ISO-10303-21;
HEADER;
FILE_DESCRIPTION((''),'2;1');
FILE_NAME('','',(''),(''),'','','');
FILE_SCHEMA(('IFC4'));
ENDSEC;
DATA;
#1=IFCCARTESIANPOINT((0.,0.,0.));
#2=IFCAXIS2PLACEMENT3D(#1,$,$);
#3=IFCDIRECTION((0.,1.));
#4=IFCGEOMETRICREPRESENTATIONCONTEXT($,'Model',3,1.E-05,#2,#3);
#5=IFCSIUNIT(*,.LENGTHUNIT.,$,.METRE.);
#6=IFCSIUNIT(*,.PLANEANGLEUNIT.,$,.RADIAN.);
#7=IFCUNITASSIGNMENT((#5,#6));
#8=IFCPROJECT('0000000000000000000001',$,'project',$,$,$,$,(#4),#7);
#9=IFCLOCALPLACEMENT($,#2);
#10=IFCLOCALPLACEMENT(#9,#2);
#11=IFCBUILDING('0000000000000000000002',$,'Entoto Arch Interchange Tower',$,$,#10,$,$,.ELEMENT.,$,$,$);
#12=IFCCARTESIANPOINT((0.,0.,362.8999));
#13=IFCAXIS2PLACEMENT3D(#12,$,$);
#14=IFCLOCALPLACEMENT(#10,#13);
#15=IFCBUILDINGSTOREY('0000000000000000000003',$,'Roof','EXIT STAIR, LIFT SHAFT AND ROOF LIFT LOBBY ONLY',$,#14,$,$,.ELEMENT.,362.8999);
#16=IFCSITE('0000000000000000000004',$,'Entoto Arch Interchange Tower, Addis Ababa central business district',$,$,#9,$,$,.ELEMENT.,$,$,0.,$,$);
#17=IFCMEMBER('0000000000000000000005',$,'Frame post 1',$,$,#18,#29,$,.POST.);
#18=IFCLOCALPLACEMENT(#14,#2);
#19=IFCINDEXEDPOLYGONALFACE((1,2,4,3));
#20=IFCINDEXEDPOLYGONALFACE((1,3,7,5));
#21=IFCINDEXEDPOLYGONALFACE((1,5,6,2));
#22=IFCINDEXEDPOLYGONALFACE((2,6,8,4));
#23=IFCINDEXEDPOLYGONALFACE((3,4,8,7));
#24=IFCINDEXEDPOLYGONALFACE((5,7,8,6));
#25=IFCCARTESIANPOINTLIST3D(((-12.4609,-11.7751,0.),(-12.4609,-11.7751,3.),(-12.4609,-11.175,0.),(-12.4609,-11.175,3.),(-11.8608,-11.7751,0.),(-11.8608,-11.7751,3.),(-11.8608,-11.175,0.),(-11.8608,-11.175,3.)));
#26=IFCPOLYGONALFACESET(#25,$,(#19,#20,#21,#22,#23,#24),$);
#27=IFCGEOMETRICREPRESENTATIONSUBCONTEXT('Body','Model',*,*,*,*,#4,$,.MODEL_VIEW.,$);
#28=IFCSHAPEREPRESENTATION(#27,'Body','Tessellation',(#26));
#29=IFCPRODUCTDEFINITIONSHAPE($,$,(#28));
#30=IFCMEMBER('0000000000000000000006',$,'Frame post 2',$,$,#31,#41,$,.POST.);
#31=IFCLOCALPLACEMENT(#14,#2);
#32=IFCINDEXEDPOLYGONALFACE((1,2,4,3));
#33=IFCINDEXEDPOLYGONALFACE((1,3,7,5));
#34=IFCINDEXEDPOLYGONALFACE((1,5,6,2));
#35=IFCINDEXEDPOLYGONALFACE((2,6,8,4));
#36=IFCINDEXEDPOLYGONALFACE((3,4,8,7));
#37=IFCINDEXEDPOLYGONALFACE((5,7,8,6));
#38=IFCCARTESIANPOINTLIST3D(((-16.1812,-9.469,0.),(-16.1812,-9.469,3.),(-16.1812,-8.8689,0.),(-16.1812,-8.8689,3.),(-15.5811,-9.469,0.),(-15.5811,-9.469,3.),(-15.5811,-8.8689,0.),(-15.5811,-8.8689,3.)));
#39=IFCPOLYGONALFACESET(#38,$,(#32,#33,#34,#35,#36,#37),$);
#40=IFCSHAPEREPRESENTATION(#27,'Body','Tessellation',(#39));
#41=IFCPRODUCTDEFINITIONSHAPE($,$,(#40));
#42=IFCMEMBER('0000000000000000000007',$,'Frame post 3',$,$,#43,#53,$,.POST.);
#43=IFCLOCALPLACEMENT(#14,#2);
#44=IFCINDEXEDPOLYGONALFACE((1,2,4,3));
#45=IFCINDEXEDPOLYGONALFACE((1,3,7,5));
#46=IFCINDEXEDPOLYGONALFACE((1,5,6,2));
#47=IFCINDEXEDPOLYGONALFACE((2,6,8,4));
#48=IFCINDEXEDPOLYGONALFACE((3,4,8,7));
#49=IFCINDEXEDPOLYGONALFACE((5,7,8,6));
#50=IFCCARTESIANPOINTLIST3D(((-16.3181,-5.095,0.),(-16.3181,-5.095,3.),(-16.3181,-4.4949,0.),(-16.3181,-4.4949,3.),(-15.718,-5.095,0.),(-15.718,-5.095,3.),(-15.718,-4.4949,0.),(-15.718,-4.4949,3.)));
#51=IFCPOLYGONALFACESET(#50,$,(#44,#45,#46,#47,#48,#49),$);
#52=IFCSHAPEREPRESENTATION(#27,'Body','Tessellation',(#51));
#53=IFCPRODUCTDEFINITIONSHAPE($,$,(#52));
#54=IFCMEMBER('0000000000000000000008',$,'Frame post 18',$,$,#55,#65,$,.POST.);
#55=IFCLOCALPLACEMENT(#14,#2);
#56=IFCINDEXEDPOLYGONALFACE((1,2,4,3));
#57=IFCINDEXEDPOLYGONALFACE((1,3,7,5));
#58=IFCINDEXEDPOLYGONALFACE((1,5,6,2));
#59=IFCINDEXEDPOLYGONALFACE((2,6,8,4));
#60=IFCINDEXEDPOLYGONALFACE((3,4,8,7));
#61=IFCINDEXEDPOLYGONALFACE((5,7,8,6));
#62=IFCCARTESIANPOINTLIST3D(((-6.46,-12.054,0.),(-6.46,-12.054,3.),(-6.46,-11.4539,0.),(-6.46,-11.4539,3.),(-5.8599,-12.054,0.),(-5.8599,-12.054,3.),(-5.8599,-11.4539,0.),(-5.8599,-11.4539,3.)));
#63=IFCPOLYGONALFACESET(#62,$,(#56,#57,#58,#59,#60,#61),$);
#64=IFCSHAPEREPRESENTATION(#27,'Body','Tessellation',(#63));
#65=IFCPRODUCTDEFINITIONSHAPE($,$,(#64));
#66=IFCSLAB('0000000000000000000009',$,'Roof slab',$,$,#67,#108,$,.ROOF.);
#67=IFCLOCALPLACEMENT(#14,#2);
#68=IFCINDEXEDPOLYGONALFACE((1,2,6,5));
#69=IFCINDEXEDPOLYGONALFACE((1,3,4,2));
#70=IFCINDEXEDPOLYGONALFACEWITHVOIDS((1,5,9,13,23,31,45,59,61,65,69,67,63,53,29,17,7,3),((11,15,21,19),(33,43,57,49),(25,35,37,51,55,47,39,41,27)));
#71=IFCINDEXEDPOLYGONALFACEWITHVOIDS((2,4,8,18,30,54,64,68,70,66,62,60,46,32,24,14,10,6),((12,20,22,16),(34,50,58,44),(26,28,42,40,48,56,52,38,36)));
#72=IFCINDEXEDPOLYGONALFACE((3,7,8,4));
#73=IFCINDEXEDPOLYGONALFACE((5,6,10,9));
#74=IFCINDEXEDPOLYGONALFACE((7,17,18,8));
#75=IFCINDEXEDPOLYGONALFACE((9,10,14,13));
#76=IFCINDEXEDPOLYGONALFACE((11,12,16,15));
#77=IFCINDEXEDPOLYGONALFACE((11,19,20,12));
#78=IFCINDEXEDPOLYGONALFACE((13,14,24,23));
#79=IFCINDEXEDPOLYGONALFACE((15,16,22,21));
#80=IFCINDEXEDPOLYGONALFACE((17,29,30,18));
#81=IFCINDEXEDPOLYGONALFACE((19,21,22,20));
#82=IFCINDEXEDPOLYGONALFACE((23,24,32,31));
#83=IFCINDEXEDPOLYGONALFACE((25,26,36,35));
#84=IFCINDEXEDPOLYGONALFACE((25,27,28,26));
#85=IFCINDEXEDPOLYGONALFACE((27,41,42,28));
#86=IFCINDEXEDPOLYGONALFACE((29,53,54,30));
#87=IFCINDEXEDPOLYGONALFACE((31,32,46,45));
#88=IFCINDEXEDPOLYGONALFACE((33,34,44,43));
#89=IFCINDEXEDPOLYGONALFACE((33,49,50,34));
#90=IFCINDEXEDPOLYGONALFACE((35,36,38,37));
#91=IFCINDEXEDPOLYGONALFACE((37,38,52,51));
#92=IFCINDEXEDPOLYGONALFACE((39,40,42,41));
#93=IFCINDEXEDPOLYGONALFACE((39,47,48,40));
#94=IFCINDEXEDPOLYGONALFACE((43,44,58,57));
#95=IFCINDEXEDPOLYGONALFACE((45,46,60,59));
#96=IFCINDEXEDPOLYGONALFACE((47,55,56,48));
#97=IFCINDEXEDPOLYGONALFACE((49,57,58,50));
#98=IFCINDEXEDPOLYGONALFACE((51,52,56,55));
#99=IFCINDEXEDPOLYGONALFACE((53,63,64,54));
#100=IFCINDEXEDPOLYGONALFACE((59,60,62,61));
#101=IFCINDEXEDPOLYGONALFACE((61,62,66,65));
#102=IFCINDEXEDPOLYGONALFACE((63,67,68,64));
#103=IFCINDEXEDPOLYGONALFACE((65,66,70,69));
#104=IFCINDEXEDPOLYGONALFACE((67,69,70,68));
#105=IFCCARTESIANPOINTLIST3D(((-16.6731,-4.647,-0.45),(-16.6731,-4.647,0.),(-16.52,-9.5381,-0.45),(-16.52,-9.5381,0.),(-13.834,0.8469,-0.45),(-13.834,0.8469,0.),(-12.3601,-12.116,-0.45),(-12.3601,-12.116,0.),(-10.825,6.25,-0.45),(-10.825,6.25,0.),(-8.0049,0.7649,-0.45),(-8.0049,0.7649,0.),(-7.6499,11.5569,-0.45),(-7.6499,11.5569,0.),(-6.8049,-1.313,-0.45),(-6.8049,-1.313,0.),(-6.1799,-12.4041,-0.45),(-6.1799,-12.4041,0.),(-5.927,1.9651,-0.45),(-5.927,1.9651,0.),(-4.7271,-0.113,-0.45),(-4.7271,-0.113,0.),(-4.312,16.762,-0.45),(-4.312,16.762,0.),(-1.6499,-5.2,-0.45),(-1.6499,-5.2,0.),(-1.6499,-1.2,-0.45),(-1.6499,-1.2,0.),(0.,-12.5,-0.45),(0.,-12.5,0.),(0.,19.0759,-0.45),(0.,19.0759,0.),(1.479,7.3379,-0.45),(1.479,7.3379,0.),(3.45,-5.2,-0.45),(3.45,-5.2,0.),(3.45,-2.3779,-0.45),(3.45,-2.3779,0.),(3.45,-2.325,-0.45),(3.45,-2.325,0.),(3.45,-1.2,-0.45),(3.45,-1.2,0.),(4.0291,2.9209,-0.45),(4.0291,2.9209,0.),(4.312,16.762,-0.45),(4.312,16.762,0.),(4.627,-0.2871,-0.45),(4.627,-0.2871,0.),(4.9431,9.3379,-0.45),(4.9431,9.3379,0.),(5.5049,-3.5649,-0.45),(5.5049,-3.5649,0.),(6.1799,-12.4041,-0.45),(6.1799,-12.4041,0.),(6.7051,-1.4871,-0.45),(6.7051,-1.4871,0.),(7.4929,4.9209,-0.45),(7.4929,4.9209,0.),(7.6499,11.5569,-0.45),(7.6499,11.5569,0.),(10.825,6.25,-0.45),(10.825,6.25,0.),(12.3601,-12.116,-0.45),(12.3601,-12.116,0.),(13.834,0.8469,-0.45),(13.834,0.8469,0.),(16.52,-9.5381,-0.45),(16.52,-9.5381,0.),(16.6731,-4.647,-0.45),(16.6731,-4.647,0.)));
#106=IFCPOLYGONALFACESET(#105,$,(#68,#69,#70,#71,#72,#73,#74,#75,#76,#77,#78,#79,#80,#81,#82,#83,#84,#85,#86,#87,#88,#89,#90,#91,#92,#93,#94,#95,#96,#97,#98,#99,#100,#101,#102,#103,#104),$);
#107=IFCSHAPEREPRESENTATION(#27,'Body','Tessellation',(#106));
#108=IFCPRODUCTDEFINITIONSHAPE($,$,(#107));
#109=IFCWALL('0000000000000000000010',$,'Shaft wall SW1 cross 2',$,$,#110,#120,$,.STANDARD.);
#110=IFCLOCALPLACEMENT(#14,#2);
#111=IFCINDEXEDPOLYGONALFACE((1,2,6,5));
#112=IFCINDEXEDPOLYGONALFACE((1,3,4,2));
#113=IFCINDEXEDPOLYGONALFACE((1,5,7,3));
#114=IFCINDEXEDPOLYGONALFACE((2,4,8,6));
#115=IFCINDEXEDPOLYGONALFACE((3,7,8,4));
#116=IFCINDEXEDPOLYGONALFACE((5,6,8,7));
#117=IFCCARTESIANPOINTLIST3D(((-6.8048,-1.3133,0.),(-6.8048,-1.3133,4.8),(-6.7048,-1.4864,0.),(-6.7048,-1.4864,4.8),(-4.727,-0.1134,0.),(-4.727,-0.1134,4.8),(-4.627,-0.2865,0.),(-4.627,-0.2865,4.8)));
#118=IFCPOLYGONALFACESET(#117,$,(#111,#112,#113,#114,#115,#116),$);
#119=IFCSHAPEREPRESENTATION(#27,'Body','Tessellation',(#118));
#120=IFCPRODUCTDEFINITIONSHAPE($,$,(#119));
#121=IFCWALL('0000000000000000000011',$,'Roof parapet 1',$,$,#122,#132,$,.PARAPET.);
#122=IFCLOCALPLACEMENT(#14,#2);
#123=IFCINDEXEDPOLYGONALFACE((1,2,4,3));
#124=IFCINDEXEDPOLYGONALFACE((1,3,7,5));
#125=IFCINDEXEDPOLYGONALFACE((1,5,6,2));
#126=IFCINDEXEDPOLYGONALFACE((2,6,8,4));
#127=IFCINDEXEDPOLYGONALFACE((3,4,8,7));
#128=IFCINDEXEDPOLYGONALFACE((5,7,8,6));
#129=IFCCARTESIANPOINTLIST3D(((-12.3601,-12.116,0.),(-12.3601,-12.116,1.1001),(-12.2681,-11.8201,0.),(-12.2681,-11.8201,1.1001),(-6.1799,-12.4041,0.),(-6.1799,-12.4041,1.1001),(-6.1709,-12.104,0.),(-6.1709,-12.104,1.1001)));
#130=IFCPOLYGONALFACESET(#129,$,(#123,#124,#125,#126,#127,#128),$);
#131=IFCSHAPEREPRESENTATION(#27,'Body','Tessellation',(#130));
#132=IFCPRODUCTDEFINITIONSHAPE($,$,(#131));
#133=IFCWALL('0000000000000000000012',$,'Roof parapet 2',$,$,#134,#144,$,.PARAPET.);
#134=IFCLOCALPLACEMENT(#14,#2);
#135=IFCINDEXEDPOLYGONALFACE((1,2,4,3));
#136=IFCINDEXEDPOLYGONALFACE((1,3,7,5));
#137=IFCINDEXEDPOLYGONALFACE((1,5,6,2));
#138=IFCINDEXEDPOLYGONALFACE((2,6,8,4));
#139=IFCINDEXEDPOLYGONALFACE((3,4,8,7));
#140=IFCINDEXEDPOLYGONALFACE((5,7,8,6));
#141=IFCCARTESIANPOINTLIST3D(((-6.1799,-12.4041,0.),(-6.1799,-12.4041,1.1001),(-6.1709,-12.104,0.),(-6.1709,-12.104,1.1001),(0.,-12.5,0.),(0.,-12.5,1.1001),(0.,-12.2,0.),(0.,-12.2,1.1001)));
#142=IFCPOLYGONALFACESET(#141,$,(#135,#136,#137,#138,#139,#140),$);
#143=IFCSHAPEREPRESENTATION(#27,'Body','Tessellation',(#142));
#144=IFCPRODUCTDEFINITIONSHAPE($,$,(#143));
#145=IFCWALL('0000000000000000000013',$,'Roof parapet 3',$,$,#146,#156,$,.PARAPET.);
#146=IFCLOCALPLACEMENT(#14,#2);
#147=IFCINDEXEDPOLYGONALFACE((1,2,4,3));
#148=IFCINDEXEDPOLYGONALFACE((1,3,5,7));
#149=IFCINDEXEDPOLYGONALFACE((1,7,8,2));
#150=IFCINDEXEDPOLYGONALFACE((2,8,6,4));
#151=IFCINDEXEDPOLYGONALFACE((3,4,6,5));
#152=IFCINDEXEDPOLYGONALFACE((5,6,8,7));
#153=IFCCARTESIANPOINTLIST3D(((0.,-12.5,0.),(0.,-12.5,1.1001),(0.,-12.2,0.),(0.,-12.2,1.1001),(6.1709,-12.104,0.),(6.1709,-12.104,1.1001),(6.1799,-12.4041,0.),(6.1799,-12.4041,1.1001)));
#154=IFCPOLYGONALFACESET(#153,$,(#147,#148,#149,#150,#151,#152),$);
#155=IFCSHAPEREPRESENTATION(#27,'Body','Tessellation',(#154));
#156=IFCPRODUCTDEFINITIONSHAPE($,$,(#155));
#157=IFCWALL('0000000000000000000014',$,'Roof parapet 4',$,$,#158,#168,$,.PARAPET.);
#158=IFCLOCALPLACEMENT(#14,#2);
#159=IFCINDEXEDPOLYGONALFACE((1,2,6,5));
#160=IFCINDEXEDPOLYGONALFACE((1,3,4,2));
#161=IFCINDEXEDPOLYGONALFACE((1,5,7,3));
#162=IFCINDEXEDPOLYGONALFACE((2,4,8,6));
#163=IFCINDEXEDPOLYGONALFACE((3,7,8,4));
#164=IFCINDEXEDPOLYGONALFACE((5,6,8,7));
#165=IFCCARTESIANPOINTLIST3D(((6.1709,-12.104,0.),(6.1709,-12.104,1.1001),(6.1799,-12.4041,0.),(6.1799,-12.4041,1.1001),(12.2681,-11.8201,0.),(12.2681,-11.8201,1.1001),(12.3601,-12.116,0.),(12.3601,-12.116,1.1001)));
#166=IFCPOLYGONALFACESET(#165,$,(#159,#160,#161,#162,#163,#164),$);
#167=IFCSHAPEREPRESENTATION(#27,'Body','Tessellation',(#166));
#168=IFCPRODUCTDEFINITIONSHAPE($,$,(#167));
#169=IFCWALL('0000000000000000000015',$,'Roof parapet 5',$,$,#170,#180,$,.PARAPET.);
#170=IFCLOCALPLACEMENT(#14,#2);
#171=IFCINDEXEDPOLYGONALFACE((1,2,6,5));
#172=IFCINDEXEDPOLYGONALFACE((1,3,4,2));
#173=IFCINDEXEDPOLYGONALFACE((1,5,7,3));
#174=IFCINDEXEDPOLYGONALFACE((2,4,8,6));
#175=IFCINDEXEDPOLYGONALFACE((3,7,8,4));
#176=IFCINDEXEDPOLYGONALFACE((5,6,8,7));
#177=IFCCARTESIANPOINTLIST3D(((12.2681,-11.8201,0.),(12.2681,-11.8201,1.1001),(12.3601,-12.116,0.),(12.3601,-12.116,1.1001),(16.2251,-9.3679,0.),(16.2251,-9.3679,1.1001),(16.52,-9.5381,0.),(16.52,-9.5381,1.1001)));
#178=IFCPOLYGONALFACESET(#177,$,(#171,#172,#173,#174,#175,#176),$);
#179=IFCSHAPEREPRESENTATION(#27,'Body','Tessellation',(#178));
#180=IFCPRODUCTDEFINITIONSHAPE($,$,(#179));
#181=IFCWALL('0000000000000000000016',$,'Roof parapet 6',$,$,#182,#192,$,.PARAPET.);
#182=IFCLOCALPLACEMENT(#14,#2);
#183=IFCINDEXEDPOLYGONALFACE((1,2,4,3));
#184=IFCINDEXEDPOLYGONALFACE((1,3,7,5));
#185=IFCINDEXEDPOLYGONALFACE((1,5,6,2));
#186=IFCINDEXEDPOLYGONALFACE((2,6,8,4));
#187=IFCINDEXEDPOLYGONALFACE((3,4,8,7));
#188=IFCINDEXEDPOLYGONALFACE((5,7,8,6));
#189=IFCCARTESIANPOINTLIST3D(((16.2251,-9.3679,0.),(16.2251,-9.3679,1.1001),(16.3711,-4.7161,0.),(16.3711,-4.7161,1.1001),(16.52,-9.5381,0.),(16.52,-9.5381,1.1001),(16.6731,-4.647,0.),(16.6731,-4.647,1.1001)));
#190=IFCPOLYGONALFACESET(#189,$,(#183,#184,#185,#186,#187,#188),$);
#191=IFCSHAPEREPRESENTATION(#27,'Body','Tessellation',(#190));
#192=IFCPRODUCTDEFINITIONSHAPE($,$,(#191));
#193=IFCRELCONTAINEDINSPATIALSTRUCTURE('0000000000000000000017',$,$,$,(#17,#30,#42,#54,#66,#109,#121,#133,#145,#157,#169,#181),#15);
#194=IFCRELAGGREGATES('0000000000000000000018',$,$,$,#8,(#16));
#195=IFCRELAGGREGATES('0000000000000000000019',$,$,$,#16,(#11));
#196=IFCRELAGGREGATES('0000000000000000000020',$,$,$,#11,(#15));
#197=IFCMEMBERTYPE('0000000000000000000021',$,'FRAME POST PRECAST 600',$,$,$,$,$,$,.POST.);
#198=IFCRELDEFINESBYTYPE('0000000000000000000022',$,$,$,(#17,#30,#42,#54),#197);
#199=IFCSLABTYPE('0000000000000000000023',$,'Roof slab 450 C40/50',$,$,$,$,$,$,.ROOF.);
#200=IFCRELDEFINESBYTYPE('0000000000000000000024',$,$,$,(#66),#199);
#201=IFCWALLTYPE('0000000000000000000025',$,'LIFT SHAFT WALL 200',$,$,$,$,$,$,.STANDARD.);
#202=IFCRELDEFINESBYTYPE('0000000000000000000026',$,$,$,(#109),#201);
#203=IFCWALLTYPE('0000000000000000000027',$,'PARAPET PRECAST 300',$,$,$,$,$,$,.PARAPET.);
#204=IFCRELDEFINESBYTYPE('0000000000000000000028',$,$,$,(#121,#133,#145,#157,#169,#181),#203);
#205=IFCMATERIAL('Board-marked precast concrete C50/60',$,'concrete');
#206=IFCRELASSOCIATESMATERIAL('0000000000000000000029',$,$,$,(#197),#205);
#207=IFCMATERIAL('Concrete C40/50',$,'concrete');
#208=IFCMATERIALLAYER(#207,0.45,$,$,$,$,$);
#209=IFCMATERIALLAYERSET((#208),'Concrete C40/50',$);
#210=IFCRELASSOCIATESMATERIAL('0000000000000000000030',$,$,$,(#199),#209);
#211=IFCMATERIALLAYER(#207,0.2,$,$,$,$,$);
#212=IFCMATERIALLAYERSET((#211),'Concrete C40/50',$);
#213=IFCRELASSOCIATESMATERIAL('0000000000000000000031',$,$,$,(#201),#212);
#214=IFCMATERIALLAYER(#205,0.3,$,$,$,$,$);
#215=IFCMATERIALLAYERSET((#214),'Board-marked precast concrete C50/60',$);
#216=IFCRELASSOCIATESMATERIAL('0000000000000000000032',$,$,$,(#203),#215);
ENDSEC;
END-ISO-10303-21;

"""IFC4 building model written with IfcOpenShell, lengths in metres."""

from ifc_helpers import new_model, si_unit, direction, frame, frame_2d, origin, origin_2d, place, context, subcontext, project, spatial, polyline, rectangle, outline, extrude, material, layer, layer_set, material_profile, profile_set, type_object, element, save


model = new_model("IFC4")

# Units and contexts
model_context = context("Model", 3, precision=1e-05, world=origin(), true_north=direction((0.0, 1.0)))
body_context = subcontext(model_context, "Body", "Model", "MODEL_VIEW")
ifc_project = project(units=[si_unit("LENGTHUNIT", "METRE"), si_unit("PLANEANGLEUNIT", "RADIAN")], contexts=[model_context])

# Site, building, storey
site_placement = place(None, origin())
site = spatial("IfcSite", under=ifc_project, at=site_placement, Name="Entoto Arch Interchange Tower, Addis Ababa central business district", CompositionType="ELEMENT", RefElevation=0.0)
building_placement = place(site_placement, origin())
building = spatial("IfcBuilding", under=site, at=building_placement, Name="Entoto Arch Interchange Tower", CompositionType="ELEMENT")
storey_placement = place(building_placement, frame((0.0, 0.0, 362.8999)))
storey = spatial("IfcBuildingStorey", under=building, at=storey_placement, Name="Roof", Description="EXIT STAIR, LIFT SHAFT AND ROOF LIFT LOBBY ONLY", CompositionType="ELEMENT", Elevation=362.8999)

# Members
ifc_material_1 = material(Name="Board-marked precast concrete C50/60", Category="concrete")
ifc_material_profile = material_profile(ifc_material_1, rectangle(XDim=0.6001, YDim=0.6001, at=origin_2d()))
ifc_profile_set = profile_set([ifc_material_profile], Name="Board-marked precast concrete C50/60")
member_type = type_object("IfcMemberType", Name="FRAME POST PRECAST 600", PredefinedType="POST", material=ifc_profile_set)
for number, where, z_axis, x_axis, name in (
    (1, (-12.1609, -11.4751, 0.0), (0.0, 0.0, 1.0), (1.0, 0.0, 0.0), "Frame post 1"),
    (2, (-15.8811, -9.1689, 0.0), (0.0, 0.0, 1.0), (1.0, 0.0, 0.0), "Frame post 2"),
    (3, (-16.0181, -4.7949, 0.0), (0.0, 0.0, 1.0), (1.0, 0.0, 0.0), "Frame post 3"),
    (4, (-6.1599, -11.7539, 0.0), (0.0, 0.0, 1.0), (1.0, 0.0, 0.0), "Frame post 18"),
):
    element("IfcMember", number, at=place(storey_placement, frame(where, z_axis=z_axis, x_axis=x_axis)), inside=storey, type_object=member_type, Name=name, PredefinedType="POST", context=body_context, shape_type="SweptSolid", body=[
        extrude(rectangle(XDim=0.6001, YDim=0.6001, at=origin_2d()), origin(), (0.0, 0.0, 1.0), 3.0),
    ])

# Slab
ifc_material_2 = material(Name="Concrete C40/50", Category="concrete")
ifc_layer_1 = layer(ifc_material_2, 0.45)
ifc_layer_set_1 = layer_set([ifc_layer_1], Name="Concrete C40/50")
slab_type = type_object("IfcSlabType", Name="Roof slab 450 C40/50", PredefinedType="ROOF", material=ifc_layer_set_1)
slab_placement = place(storey_placement, frame((0.0, 0.0, -0.45)))
element("IfcSlab", 5, at=slab_placement, inside=storey, type_object=slab_type, Name="Roof slab", PredefinedType="ROOF", context=body_context, shape_type="SweptSolid", body=[
    extrude(outline(polyline([(-12.3601, -12.116), (-6.1799, -12.4041), (0.0, -12.5), (6.1799, -12.4041), (12.3601, -12.116), (16.52, -9.5381), (16.6731, -4.647), (13.834, 0.8469), (10.825, 6.25), (7.6499, 11.5569), (4.312, 16.762), (0.0, 19.0759), (-4.312, 16.762), (-7.6499, 11.5569), (-10.825, 6.25), (-13.834, 0.8469), (-16.6731, -4.647), (-16.52, -9.5381), (-12.3601, -12.116)]), holes=[polyline([(3.45, -1.2), (3.45, -2.325), (4.627, -0.2871), (6.7051, -1.4871), (5.5049, -3.5649), (3.45, -2.3779), (3.45, -5.2), (-1.6499, -5.2), (-1.6499, -1.2), (3.45, -1.2)]), polyline([(-6.8049, -1.313), (-8.0049, 0.7649), (-5.927, 1.9651), (-4.7271, -0.113), (-6.8049, -1.313)]), polyline([(1.479, 7.3379), (4.9431, 9.3379), (7.4929, 4.9209), (4.0291, 2.9209), (1.479, 7.3379)])]), origin(), (0.0, 0.0, 1.0), 0.45),
])

# Walls
ifc_layer_2 = layer(ifc_material_2, 0.2)
ifc_layer_set_2 = layer_set([ifc_layer_2], Name="Concrete C40/50")
wall_type_1 = type_object("IfcWallType", Name="LIFT SHAFT WALL 200", PredefinedType="STANDARD", material=ifc_layer_set_2)
wall_1_placement = place(storey_placement, frame((-4.677, -0.2, 0.0), z_axis=(0.0, 0.0, 1.0), x_axis=(-0.865974, -0.500089, 0.0)))
element("IfcWall", 6, at=wall_1_placement, inside=storey, type_object=wall_type_1, Name="Shaft wall SW1 cross 2", PredefinedType="STANDARD", context=body_context, shape_type="SweptSolid", body=[
    extrude(rectangle(XDim=2.3994, YDim=0.2, at=frame_2d((1.1997, 0.0))), origin(), (0.0, 0.0, 1.0), 4.8),
])
ifc_layer_3 = layer(ifc_material_1, 0.3)
ifc_layer_set_3 = layer_set([ifc_layer_3], Name="Board-marked precast concrete C50/60")
wall_type_2 = type_object("IfcWallType", Name="PARAPET PRECAST 300", PredefinedType="PARAPET", material=ifc_layer_set_3)
wall_2_placement = place(storey_placement, origin())
element("IfcWall", 7, at=wall_2_placement, inside=storey, type_object=wall_type_2, Name="Roof parapet 1", PredefinedType="PARAPET", context=body_context, shape_type="SweptSolid", body=[
    extrude(outline(polyline([(-12.3601, -12.116), (-6.1799, -12.4041), (-6.1709, -12.104), (-12.2681, -11.8201), (-12.3601, -12.116)])), origin(), (0.0, 0.0, 1.0), 1.1001),
])
wall_3_placement = place(storey_placement, origin())
element("IfcWall", 8, at=wall_3_placement, inside=storey, type_object=wall_type_2, Name="Roof parapet 2", PredefinedType="PARAPET", context=body_context, shape_type="SweptSolid", body=[
    extrude(outline(polyline([(-6.1799, -12.4041), (0.0, -12.5), (0.0, -12.2), (-6.1709, -12.104), (-6.1799, -12.4041)])), origin(), (0.0, 0.0, 1.0), 1.1001),
])
wall_4_placement = place(storey_placement, origin())
element("IfcWall", 9, at=wall_4_placement, inside=storey, type_object=wall_type_2, Name="Roof parapet 3", PredefinedType="PARAPET", context=body_context, shape_type="SweptSolid", body=[
    extrude(outline(polyline([(0.0, -12.5), (6.1799, -12.4041), (6.1709, -12.104), (0.0, -12.2), (0.0, -12.5)])), origin(), (0.0, 0.0, 1.0), 1.1001),
])
wall_5_placement = place(storey_placement, origin())
element("IfcWall", 10, at=wall_5_placement, inside=storey, type_object=wall_type_2, Name="Roof parapet 4", PredefinedType="PARAPET", context=body_context, shape_type="SweptSolid", body=[
    extrude(outline(polyline([(6.1799, -12.4041), (12.3601, -12.116), (12.2681, -11.8201), (6.1709, -12.104), (6.1799, -12.4041)])), origin(), (0.0, 0.0, 1.0), 1.1001),
])
wall_6_placement = place(storey_placement, origin())
element("IfcWall", 11, at=wall_6_placement, inside=storey, type_object=wall_type_2, Name="Roof parapet 5", PredefinedType="PARAPET", context=body_context, shape_type="SweptSolid", body=[
    extrude(outline(polyline([(12.3601, -12.116), (16.52, -9.5381), (16.2251, -9.3679), (12.2681, -11.8201), (12.3601, -12.116)])), origin(), (0.0, 0.0, 1.0), 1.1001),
])
wall_7_placement = place(storey_placement, origin())
element("IfcWall", 12, at=wall_7_placement, inside=storey, type_object=wall_type_2, Name="Roof parapet 6", PredefinedType="PARAPET", context=body_context, shape_type="SweptSolid", body=[
    extrude(outline(polyline([(16.52, -9.5381), (16.6731, -4.647), (16.3711, -4.7161), (16.2251, -9.3679), (16.52, -9.5381)])), origin(), (0.0, 0.0, 1.0), 1.1001),
])

save(model, "model.ifc")
